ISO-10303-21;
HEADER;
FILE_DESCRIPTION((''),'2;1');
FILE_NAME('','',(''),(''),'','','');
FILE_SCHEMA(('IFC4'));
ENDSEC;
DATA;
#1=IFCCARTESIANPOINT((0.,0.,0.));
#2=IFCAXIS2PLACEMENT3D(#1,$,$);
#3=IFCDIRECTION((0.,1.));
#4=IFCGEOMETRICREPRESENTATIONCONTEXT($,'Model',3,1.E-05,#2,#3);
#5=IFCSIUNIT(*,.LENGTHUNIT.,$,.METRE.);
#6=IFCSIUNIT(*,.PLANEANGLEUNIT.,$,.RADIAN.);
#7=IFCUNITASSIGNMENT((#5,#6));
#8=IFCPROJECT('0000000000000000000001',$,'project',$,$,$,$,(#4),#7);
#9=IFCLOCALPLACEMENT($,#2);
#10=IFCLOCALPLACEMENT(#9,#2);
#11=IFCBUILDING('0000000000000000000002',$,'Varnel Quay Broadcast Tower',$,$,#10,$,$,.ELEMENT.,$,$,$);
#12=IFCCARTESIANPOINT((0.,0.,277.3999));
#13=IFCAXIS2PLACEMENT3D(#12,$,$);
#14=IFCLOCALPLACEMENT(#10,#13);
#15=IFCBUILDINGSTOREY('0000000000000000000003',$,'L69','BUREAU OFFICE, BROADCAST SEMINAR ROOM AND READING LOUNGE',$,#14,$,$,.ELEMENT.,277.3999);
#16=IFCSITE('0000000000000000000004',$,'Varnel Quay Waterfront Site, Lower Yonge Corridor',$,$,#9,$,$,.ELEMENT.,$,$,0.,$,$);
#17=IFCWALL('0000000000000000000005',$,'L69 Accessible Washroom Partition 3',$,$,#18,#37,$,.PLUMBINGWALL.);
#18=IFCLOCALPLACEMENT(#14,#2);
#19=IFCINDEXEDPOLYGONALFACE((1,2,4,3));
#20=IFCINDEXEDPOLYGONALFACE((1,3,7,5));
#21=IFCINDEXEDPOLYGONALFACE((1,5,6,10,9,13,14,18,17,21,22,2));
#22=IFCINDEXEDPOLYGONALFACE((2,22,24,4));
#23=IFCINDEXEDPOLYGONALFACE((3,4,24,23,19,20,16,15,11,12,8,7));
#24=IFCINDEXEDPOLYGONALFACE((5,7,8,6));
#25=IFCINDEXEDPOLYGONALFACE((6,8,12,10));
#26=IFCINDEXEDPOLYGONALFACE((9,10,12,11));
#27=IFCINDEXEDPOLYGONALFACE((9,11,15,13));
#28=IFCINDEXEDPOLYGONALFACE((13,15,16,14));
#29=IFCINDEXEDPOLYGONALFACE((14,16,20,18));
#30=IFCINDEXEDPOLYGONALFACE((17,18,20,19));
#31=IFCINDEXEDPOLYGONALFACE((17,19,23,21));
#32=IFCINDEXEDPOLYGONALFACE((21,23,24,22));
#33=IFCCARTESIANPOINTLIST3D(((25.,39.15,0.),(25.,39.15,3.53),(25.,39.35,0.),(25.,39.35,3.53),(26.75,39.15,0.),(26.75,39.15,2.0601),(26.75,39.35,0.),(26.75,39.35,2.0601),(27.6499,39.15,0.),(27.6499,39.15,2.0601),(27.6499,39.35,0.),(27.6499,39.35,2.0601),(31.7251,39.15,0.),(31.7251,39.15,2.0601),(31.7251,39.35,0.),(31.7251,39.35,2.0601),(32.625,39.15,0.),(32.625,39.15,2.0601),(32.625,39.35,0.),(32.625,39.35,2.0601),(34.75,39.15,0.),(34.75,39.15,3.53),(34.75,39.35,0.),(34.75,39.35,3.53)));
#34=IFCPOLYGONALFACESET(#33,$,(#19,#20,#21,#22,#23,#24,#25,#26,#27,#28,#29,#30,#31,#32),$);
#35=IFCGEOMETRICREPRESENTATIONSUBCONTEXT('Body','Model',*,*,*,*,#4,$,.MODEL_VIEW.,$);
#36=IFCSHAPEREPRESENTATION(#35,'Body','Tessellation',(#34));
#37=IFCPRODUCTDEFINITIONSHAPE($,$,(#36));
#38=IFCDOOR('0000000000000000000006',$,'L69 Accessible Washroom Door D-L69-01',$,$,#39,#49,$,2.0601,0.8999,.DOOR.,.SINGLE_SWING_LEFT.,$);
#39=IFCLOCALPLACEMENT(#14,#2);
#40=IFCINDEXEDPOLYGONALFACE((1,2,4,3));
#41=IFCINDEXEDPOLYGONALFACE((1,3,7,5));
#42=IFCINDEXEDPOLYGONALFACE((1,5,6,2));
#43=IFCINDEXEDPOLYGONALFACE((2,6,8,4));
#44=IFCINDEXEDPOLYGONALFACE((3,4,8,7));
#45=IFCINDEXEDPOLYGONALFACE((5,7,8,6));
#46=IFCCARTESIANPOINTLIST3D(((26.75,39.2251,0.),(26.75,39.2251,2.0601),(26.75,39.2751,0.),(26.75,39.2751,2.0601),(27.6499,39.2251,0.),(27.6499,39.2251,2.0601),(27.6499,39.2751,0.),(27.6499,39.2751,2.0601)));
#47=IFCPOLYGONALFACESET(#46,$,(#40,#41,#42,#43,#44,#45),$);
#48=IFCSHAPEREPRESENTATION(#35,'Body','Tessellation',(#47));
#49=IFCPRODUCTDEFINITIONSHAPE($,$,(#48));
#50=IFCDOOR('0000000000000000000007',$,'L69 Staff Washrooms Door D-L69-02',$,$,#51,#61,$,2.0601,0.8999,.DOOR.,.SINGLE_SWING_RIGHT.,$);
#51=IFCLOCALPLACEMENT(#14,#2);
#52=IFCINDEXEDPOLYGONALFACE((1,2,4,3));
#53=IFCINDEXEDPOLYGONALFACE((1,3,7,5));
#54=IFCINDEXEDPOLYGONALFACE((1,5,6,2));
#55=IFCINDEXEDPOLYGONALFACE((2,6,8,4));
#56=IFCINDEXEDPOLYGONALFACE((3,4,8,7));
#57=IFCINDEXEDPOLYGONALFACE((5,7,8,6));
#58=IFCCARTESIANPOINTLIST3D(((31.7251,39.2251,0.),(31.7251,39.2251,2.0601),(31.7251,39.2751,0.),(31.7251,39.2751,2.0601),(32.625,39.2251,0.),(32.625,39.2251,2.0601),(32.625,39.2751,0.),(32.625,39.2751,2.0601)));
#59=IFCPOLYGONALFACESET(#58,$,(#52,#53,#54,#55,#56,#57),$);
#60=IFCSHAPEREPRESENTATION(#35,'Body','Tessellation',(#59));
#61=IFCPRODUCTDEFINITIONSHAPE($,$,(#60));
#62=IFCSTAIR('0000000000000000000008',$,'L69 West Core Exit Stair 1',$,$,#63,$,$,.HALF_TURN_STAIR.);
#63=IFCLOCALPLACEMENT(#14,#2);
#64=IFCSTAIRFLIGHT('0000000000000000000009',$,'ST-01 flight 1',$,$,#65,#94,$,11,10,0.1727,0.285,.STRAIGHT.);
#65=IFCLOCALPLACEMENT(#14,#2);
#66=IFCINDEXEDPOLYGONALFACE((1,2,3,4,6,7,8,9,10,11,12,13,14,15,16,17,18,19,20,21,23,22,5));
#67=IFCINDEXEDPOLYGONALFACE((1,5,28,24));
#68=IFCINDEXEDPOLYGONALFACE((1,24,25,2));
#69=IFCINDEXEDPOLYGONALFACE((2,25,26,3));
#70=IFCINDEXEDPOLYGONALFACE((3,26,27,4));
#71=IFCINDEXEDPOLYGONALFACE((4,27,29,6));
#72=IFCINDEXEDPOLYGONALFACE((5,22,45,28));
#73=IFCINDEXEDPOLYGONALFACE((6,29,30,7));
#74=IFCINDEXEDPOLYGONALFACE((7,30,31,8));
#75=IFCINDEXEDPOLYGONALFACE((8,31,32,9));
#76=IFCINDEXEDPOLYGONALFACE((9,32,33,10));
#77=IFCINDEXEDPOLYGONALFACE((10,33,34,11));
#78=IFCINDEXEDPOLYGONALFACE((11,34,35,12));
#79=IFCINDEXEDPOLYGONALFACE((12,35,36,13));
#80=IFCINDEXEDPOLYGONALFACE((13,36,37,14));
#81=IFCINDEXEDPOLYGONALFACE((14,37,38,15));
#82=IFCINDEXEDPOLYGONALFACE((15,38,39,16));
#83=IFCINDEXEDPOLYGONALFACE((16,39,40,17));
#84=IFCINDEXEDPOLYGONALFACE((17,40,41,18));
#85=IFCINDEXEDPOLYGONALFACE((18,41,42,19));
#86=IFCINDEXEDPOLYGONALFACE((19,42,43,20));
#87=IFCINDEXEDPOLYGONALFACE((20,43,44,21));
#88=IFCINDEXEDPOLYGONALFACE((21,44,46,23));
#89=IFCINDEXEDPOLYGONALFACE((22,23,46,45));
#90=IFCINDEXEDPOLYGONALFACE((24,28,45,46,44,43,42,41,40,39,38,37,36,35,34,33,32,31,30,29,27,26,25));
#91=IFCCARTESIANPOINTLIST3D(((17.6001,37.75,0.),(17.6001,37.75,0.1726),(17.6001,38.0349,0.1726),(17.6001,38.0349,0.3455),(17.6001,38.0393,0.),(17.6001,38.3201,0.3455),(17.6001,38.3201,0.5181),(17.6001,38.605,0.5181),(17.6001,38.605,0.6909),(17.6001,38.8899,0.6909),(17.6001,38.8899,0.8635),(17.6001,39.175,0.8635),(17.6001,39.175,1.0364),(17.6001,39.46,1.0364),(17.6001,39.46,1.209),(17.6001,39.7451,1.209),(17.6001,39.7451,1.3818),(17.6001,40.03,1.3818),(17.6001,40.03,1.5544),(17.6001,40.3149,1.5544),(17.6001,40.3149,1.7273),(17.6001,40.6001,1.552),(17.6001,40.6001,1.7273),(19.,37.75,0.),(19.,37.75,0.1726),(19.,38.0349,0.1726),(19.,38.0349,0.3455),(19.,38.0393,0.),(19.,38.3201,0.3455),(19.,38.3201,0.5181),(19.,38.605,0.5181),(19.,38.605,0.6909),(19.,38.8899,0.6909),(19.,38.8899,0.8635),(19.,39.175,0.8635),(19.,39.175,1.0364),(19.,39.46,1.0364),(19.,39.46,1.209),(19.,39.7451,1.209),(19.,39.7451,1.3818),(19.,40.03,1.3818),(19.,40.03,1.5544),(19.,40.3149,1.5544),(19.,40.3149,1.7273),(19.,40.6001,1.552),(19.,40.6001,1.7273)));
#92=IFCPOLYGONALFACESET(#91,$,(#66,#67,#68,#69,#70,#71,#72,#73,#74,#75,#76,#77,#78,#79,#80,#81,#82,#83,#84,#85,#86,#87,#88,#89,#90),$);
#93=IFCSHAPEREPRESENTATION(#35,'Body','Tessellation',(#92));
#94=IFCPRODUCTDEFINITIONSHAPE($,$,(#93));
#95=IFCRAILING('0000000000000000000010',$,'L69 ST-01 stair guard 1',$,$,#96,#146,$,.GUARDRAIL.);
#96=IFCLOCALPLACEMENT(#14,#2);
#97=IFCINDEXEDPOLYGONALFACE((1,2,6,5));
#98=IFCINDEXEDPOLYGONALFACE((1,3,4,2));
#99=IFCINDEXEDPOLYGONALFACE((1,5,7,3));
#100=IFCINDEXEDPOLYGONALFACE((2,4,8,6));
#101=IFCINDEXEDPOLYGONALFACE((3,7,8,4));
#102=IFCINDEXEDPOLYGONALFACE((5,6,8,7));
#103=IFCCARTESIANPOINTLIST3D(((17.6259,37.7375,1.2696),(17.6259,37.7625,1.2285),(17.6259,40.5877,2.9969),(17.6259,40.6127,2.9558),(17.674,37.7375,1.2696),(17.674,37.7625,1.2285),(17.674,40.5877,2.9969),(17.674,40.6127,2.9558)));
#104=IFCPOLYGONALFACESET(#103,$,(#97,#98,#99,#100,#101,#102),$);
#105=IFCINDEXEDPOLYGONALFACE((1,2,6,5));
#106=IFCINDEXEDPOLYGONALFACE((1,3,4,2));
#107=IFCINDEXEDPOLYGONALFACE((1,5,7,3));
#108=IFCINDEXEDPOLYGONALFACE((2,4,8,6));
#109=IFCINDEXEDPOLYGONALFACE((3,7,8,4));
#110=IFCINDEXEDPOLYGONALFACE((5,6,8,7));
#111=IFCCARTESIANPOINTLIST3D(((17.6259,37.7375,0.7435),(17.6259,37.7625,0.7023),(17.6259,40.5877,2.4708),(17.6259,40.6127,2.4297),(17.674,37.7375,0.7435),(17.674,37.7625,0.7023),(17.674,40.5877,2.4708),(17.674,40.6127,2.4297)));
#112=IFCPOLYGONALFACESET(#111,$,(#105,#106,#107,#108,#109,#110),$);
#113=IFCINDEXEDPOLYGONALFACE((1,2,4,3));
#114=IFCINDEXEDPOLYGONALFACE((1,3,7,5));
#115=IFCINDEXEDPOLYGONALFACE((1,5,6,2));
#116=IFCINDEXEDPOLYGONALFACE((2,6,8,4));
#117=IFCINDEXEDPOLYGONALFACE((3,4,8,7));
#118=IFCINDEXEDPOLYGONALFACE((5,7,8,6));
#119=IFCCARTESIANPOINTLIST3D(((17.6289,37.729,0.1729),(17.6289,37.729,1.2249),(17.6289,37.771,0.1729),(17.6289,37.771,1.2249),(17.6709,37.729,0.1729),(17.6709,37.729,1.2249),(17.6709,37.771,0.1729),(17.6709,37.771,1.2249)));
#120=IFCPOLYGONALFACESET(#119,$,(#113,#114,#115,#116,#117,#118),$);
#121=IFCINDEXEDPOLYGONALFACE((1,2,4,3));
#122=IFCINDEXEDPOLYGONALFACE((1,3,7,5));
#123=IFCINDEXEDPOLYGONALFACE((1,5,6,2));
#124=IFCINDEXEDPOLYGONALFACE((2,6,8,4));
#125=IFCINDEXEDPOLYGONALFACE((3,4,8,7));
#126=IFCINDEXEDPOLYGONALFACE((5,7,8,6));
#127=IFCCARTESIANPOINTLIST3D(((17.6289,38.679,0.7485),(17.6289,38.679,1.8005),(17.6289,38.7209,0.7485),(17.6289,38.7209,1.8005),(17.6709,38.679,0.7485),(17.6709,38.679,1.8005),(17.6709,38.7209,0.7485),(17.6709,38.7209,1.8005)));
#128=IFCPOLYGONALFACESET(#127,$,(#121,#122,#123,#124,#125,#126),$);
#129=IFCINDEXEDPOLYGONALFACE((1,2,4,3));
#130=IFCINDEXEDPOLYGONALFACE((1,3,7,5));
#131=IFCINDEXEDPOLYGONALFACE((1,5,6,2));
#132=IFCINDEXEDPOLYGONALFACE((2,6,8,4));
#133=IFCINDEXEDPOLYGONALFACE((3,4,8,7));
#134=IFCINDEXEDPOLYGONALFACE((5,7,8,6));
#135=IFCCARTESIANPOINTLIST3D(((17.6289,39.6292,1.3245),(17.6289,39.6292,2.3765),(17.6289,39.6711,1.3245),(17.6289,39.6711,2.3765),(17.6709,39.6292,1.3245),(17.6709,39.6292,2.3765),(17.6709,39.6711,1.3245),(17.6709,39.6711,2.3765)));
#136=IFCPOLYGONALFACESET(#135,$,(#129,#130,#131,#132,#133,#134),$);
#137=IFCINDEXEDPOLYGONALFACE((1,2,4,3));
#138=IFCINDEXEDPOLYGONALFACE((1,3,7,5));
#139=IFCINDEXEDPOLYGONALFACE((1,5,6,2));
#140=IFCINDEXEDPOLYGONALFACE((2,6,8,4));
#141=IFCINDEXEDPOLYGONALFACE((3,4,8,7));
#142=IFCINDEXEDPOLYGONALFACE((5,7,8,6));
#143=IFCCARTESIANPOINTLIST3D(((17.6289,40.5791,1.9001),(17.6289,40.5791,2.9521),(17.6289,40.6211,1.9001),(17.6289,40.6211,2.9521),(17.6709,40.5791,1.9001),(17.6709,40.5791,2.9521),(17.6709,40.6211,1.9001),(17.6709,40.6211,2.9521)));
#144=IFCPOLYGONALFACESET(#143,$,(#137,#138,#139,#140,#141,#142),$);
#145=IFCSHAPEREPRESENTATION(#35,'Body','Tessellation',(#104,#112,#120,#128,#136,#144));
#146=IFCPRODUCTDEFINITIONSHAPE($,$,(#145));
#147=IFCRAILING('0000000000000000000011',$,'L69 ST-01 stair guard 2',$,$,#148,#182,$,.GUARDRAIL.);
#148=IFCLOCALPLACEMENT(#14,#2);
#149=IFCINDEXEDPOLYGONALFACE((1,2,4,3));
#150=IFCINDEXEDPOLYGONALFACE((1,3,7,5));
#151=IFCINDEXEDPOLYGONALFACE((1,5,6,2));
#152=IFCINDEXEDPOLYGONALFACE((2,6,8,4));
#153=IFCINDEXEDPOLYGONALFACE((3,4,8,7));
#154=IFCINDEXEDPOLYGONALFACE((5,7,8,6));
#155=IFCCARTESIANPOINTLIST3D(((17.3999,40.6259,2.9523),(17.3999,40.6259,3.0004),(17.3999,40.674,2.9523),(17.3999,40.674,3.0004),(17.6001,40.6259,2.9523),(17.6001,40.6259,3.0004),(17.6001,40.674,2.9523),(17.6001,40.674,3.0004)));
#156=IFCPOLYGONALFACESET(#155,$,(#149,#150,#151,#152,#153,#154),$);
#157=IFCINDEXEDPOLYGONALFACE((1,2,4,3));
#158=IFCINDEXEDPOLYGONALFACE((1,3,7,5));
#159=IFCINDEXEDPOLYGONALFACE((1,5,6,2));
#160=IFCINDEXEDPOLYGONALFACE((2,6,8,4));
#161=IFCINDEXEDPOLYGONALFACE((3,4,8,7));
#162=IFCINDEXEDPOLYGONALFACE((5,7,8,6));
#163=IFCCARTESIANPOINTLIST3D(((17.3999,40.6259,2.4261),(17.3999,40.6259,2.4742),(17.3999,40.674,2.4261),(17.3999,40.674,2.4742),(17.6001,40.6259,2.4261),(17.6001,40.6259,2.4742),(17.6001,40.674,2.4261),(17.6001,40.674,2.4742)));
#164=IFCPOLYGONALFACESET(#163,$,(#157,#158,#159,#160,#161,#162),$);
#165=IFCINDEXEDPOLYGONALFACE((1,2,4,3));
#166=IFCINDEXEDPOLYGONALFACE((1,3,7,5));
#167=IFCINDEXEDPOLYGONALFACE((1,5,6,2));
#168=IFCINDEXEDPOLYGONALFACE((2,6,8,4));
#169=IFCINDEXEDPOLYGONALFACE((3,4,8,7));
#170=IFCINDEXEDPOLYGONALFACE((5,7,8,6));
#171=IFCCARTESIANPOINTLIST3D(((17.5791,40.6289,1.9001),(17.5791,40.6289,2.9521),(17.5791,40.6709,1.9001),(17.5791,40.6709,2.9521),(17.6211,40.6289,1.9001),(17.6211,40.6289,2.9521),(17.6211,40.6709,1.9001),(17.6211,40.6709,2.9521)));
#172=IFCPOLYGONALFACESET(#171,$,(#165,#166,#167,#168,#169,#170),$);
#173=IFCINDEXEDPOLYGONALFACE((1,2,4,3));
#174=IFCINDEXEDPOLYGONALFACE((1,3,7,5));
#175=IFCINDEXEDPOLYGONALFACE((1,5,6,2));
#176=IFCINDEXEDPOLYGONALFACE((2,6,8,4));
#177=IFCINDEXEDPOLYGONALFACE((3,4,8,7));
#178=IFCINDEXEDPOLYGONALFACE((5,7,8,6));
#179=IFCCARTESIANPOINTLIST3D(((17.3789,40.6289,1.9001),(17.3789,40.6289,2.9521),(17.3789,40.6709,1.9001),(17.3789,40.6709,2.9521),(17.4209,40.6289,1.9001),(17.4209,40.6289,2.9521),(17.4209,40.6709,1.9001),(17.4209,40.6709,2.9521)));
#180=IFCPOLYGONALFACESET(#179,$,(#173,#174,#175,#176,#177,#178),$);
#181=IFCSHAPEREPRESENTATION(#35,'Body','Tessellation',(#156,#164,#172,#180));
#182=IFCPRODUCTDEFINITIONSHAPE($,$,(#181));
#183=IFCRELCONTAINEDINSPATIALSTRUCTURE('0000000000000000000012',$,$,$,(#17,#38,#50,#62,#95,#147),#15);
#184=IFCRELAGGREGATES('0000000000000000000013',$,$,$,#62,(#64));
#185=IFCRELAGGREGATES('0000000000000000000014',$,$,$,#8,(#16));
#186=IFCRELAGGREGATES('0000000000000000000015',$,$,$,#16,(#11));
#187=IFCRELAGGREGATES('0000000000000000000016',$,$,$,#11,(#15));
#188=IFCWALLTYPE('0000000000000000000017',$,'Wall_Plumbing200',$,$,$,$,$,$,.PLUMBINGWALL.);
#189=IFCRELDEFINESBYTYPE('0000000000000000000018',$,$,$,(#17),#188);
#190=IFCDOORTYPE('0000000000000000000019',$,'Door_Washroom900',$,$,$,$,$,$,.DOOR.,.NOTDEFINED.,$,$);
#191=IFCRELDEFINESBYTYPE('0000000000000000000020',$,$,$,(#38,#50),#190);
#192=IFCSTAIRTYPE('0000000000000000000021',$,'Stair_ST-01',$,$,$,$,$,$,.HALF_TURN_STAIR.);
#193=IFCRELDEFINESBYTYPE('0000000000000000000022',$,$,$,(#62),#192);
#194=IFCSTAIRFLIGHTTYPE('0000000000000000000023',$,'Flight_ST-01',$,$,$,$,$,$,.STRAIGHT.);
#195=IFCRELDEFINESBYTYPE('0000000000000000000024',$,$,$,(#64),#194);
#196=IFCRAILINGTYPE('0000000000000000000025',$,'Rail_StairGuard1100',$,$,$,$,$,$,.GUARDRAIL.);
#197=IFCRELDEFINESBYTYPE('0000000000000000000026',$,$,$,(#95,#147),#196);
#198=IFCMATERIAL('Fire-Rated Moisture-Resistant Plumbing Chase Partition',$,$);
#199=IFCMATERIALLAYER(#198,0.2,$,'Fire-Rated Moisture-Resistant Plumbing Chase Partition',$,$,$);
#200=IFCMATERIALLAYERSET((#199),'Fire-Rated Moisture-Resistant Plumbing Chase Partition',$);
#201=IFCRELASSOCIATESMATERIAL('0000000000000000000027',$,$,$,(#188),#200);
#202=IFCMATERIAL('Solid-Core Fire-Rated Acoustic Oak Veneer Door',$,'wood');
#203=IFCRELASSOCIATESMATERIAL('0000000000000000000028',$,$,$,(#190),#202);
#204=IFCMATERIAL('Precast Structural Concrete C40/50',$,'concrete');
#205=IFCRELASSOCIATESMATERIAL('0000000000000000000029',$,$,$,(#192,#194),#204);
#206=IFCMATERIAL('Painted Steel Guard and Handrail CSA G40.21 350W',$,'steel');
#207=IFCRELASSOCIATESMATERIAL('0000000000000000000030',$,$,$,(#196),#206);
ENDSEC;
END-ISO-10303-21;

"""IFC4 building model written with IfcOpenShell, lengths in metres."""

from ifc_helpers import new_model, si_unit, direction, frame, frame_2d, origin, origin_2d, place, context, subcontext, project, spatial, polyline, rectangle, outline, extrude, source, transform, mapped, material, layer, layer_set, type_object, type_shapes, element, fill, aggregate, save


model = new_model("IFC4")

# Units and contexts
model_context = context("Model", 3, precision=1e-05, world=origin(), true_north=direction((0.0, 1.0)))
body_context = subcontext(model_context, "Body", "Model", "MODEL_VIEW")
ifc_project = project(units=[si_unit("LENGTHUNIT", "METRE"), si_unit("PLANEANGLEUNIT", "RADIAN")], contexts=[model_context])

# Site, building, storey
site_placement = place(None, origin())
site = spatial("IfcSite", under=ifc_project, at=site_placement, Name="Varnel Quay Waterfront Site, Lower Yonge Corridor", CompositionType="ELEMENT", RefElevation=0.0)
building_placement = place(site_placement, origin())
building = spatial("IfcBuilding", under=site, at=building_placement, Name="Varnel Quay Broadcast Tower", CompositionType="ELEMENT")
storey_placement = place(building_placement, frame((0.0, 0.0, 277.3999)))
storey = spatial("IfcBuildingStorey", under=building, at=storey_placement, Name="L69", Description="BUREAU OFFICE, BROADCAST SEMINAR ROOM AND READING LOUNGE", CompositionType="ELEMENT", Elevation=277.3999)

# Shared definitions
ifc_material_1 = material(Name="Solid-Core Fire-Rated Acoustic Oak Veneer Door", Category="wood")

# Shared definitions
ifc_material_2 = material(Name="Fire-Rated Moisture-Resistant Plumbing Chase Partition")
ifc_layer_1 = layer(ifc_material_2, 0.2, Name="Fire-Rated Moisture-Resistant Plumbing Chase Partition")
ifc_layer_set_1 = layer_set([ifc_layer_1], Name="Fire-Rated Moisture-Resistant Plumbing Chase Partition")
wall_type_1 = type_object("IfcWallType", Name="Wall_Plumbing200", PredefinedType="PLUMBINGWALL", material=ifc_layer_set_1)

# Wall, openings, doors
wall_1_placement = place(storey_placement, frame((25.0, 39.25, 0.0), z_axis=(0.0, 0.0, 1.0), x_axis=(1.0, 0.0, 0.0)))
wall_1 = element("IfcWall", 1, at=wall_1_placement, inside=storey, type_object=wall_type_1, Name="L69 Accessible Washroom Partition 3", PredefinedType="PLUMBINGWALL", context=body_context, shape_type="SweptSolid", body=[
    extrude(rectangle(XDim=9.75, YDim=0.2, at=frame_2d((4.875, 0.0))), origin(), (0.0, 0.0, 1.0), 3.53),
])
opening_1_placement = place(wall_1_placement, frame((1.75, 0.0, 0.0)))
opening_1 = element("IfcOpeningElement", 2, at=opening_1_placement, cuts=wall_1, PredefinedType="OPENING", context=body_context, shape_type="SweptSolid", body=[
    extrude(rectangle(XDim=0.8999, YDim=2.0601, at=frame_2d((0.45, 1.03))), frame((0.0, 0.1099, 0.0), z_axis=(0.0, -1.0, 0.0), x_axis=(1.0, 0.0, 0.0)), (0.0, 0.0, 1.0), 0.22),
])
opening_2_placement = place(wall_1_placement, frame((6.7251, 0.0, 0.0)))
opening_2 = element("IfcOpeningElement", 3, at=opening_2_placement, cuts=wall_1, PredefinedType="OPENING", context=body_context, shape_type="SweptSolid", body=[
    extrude(rectangle(XDim=0.8999, YDim=2.0601, at=frame_2d((0.45, 1.03))), frame((0.0, 0.1099, 0.0), z_axis=(0.0, -1.0, 0.0), x_axis=(1.0, 0.0, 0.0)), (0.0, 0.0, 1.0), 0.22),
])
door_type_1 = type_object("IfcDoorType", Name="Door_Washroom900", OperationType="NOTDEFINED", PredefinedType="DOOR", material=ifc_material_1)
shared_shape_1 = source(origin(), body_context, "Body", "SweptSolid", [
    extrude(rectangle(XDim=0.8999, YDim=2.0601, at=frame_2d((0.45, 1.03))), frame((0.0, 0.0249, 0.0), z_axis=(0.0, -1.0, 0.0), x_axis=(1.0, 0.0, 0.0)), (0.0, 0.0, 1.0), 0.05),
])
type_shapes(door_type_1, [shared_shape_1])
door_1_placement = place(opening_1_placement, frame((0.8999, 0.0, 0.0), z_axis=(0.0, 0.0, 1.0), x_axis=(-1.0, 0.0, 0.0)))
door_1 = element("IfcDoor", 4, at=door_1_placement, inside=storey, type_object=door_type_1, Name="L69 Accessible Washroom Door D-L69-01", OperationType="SINGLE_SWING_LEFT", OverallHeight=2.0601, OverallWidth=0.8999, PredefinedType="DOOR", context=body_context, shape_type="MappedRepresentation", body=[
    mapped(shared_shape_1, transform((0.0, 0.0, 0.0), x_axis=(1.0, 0.0, 0.0), y_axis=(0.0, 1.0, 0.0), z_axis=(0.0, 0.0, 1.0), scale=1.0)),
])
fill(opening_1, door_1)
door_2_placement = place(opening_2_placement, frame((0.8999, 0.0, 0.0), z_axis=(0.0, 0.0, 1.0), x_axis=(-1.0, 0.0, 0.0)))
door_2 = element("IfcDoor", 5, at=door_2_placement, inside=storey, type_object=door_type_1, Name="L69 Staff Washrooms Door D-L69-02", OperationType="SINGLE_SWING_RIGHT", OverallHeight=2.0601, OverallWidth=0.8999, PredefinedType="DOOR", context=body_context, shape_type="MappedRepresentation", body=[
    mapped(shared_shape_1, transform((0.0, 0.0, 0.0), x_axis=(1.0, 0.0, 0.0), y_axis=(0.0, 1.0, 0.0), z_axis=(0.0, 0.0, 1.0), scale=1.0)),
])
fill(opening_2, door_2)

# Stair, stair flight
ifc_material_3 = material(Name="Precast Structural Concrete C40/50", Category="concrete")
stair_type = type_object("IfcStairType", Name="Stair_ST-01", PredefinedType="HALF_TURN_STAIR", material=ifc_material_3)
stair_placement = place(storey_placement, origin())
stair = element("IfcStair", 6, at=stair_placement, inside=storey, type_object=stair_type, Name="L69 West Core Exit Stair 1", PredefinedType="HALF_TURN_STAIR")
stair_flight_type = type_object("IfcStairFlightType", Name="Flight_ST-01", PredefinedType="STRAIGHT", material=ifc_material_3)
stair_flight_placement = place(storey_placement, frame((18.3, 37.75, 0.0), z_axis=(0.0, 0.0, 1.0), x_axis=(0.0, 1.0, 0.0)))
stair_flight = element("IfcStairFlight", 7, at=stair_flight_placement, type_object=stair_flight_type, Name="ST-01 flight 1", NumberOfRisers=11, NumberOfTreads=10, PredefinedType="STRAIGHT", RiserHeight=0.1727, TreadLength=0.285, context=body_context, shape_type="SweptSolid", body=[
    extrude(outline(polyline([(0.0, 0.0), (0.0, 0.1726), (0.2849, 0.1726), (0.2849, 0.3455), (0.5701, 0.3455), (0.5701, 0.5181), (0.855, 0.5181), (0.855, 0.6909), (1.1399, 0.6909), (1.1399, 0.8635), (1.425, 0.8635), (1.425, 1.0364), (1.71, 1.0364), (1.71, 1.209), (1.9951, 1.209), (1.9951, 1.3818), (2.28, 1.3818), (2.28, 1.5544), (2.5649, 1.5544), (2.5649, 1.7273), (2.8501, 1.7273), (2.8501, 1.8999), (2.8501, 1.552), (0.2893, 0.0), (0.0, 0.0)])), frame((0.0, 0.7, 0.0), z_axis=(0.0, -1.0, 0.0), x_axis=(1.0, 0.0, 0.0)), (0.0, 0.0, 1.0), 1.3999),
])
aggregate(stair, [stair_flight])

# Railings
ifc_material_4 = material(Name="Painted Steel Guard and Handrail CSA G40.21 350W", Category="steel")
railing_type_1 = type_object("IfcRailingType", Name="Rail_StairGuard1100", PredefinedType="GUARDRAIL", material=ifc_material_4)
railing_1_placement = place(storey_placement, frame((17.6499, 37.75, 0.1729)))
element("IfcRailing", 8, at=railing_1_placement, inside=storey, type_object=railing_type_1, Name="L69 ST-01 stair guard 1", PredefinedType="GUARDRAIL", context=body_context, shape_type="SweptSolid", body=[
    extrude(rectangle(XDim=0.0481, YDim=0.0481, at=origin_2d()), frame((0.0, 0.0, 1.0762), z_axis=(0.0, 0.855203, 0.518294), x_axis=(-1.0, 0.0, 0.0)), (0.0, 0.0, 1.0), 3.3328),
    extrude(rectangle(XDim=0.0481, YDim=0.0481, at=origin_2d()), frame((0.0, 0.0, 0.55), z_axis=(0.0, 0.855203, 0.518294), x_axis=(-1.0, 0.0, 0.0)), (0.0, 0.0, 1.0), 3.3328),
    extrude(rectangle(XDim=0.042, YDim=0.042, at=origin_2d()), origin(), (0.0, 0.0, 1.0), 1.052),
    extrude(rectangle(XDim=0.042, YDim=0.042, at=origin_2d()), frame((0.0, 0.95, 0.5757)), (0.0, 0.0, 1.0), 1.052),
    extrude(rectangle(XDim=0.042, YDim=0.042, at=origin_2d()), frame((0.0, 1.9001, 1.1516)), (0.0, 0.0, 1.0), 1.052),
    extrude(rectangle(XDim=0.042, YDim=0.042, at=origin_2d()), frame((0.0, 2.8501, 1.7273)), (0.0, 0.0, 1.0), 1.052),
])
railing_2_placement = place(storey_placement, frame((17.6001, 40.6499, 1.9001)))
element("IfcRailing", 9, at=railing_2_placement, inside=storey, type_object=railing_type_1, Name="L69 ST-01 stair guard 2", PredefinedType="GUARDRAIL", context=body_context, shape_type="SweptSolid", body=[
    extrude(rectangle(XDim=0.0481, YDim=0.0481, at=origin_2d()), frame((0.0, 0.0, 1.0762), z_axis=(-1.0, 0.0, 0.0), x_axis=(0.0, -1.0, 0.0)), (0.0, 0.0, 1.0), 0.2002),
    extrude(rectangle(XDim=0.0481, YDim=0.0481, at=origin_2d()), frame((0.0, 0.0, 0.55), z_axis=(-1.0, 0.0, 0.0), x_axis=(0.0, -1.0, 0.0)), (0.0, 0.0, 1.0), 0.2002),
    extrude(rectangle(XDim=0.042, YDim=0.042, at=origin_2d()), origin(), (0.0, 0.0, 1.0), 1.052),
    extrude(rectangle(XDim=0.042, YDim=0.042, at=origin_2d()), frame((-0.2002, 0.0, 0.0)), (0.0, 0.0, 1.0), 1.052),
])

save(model, "model.ifc")
